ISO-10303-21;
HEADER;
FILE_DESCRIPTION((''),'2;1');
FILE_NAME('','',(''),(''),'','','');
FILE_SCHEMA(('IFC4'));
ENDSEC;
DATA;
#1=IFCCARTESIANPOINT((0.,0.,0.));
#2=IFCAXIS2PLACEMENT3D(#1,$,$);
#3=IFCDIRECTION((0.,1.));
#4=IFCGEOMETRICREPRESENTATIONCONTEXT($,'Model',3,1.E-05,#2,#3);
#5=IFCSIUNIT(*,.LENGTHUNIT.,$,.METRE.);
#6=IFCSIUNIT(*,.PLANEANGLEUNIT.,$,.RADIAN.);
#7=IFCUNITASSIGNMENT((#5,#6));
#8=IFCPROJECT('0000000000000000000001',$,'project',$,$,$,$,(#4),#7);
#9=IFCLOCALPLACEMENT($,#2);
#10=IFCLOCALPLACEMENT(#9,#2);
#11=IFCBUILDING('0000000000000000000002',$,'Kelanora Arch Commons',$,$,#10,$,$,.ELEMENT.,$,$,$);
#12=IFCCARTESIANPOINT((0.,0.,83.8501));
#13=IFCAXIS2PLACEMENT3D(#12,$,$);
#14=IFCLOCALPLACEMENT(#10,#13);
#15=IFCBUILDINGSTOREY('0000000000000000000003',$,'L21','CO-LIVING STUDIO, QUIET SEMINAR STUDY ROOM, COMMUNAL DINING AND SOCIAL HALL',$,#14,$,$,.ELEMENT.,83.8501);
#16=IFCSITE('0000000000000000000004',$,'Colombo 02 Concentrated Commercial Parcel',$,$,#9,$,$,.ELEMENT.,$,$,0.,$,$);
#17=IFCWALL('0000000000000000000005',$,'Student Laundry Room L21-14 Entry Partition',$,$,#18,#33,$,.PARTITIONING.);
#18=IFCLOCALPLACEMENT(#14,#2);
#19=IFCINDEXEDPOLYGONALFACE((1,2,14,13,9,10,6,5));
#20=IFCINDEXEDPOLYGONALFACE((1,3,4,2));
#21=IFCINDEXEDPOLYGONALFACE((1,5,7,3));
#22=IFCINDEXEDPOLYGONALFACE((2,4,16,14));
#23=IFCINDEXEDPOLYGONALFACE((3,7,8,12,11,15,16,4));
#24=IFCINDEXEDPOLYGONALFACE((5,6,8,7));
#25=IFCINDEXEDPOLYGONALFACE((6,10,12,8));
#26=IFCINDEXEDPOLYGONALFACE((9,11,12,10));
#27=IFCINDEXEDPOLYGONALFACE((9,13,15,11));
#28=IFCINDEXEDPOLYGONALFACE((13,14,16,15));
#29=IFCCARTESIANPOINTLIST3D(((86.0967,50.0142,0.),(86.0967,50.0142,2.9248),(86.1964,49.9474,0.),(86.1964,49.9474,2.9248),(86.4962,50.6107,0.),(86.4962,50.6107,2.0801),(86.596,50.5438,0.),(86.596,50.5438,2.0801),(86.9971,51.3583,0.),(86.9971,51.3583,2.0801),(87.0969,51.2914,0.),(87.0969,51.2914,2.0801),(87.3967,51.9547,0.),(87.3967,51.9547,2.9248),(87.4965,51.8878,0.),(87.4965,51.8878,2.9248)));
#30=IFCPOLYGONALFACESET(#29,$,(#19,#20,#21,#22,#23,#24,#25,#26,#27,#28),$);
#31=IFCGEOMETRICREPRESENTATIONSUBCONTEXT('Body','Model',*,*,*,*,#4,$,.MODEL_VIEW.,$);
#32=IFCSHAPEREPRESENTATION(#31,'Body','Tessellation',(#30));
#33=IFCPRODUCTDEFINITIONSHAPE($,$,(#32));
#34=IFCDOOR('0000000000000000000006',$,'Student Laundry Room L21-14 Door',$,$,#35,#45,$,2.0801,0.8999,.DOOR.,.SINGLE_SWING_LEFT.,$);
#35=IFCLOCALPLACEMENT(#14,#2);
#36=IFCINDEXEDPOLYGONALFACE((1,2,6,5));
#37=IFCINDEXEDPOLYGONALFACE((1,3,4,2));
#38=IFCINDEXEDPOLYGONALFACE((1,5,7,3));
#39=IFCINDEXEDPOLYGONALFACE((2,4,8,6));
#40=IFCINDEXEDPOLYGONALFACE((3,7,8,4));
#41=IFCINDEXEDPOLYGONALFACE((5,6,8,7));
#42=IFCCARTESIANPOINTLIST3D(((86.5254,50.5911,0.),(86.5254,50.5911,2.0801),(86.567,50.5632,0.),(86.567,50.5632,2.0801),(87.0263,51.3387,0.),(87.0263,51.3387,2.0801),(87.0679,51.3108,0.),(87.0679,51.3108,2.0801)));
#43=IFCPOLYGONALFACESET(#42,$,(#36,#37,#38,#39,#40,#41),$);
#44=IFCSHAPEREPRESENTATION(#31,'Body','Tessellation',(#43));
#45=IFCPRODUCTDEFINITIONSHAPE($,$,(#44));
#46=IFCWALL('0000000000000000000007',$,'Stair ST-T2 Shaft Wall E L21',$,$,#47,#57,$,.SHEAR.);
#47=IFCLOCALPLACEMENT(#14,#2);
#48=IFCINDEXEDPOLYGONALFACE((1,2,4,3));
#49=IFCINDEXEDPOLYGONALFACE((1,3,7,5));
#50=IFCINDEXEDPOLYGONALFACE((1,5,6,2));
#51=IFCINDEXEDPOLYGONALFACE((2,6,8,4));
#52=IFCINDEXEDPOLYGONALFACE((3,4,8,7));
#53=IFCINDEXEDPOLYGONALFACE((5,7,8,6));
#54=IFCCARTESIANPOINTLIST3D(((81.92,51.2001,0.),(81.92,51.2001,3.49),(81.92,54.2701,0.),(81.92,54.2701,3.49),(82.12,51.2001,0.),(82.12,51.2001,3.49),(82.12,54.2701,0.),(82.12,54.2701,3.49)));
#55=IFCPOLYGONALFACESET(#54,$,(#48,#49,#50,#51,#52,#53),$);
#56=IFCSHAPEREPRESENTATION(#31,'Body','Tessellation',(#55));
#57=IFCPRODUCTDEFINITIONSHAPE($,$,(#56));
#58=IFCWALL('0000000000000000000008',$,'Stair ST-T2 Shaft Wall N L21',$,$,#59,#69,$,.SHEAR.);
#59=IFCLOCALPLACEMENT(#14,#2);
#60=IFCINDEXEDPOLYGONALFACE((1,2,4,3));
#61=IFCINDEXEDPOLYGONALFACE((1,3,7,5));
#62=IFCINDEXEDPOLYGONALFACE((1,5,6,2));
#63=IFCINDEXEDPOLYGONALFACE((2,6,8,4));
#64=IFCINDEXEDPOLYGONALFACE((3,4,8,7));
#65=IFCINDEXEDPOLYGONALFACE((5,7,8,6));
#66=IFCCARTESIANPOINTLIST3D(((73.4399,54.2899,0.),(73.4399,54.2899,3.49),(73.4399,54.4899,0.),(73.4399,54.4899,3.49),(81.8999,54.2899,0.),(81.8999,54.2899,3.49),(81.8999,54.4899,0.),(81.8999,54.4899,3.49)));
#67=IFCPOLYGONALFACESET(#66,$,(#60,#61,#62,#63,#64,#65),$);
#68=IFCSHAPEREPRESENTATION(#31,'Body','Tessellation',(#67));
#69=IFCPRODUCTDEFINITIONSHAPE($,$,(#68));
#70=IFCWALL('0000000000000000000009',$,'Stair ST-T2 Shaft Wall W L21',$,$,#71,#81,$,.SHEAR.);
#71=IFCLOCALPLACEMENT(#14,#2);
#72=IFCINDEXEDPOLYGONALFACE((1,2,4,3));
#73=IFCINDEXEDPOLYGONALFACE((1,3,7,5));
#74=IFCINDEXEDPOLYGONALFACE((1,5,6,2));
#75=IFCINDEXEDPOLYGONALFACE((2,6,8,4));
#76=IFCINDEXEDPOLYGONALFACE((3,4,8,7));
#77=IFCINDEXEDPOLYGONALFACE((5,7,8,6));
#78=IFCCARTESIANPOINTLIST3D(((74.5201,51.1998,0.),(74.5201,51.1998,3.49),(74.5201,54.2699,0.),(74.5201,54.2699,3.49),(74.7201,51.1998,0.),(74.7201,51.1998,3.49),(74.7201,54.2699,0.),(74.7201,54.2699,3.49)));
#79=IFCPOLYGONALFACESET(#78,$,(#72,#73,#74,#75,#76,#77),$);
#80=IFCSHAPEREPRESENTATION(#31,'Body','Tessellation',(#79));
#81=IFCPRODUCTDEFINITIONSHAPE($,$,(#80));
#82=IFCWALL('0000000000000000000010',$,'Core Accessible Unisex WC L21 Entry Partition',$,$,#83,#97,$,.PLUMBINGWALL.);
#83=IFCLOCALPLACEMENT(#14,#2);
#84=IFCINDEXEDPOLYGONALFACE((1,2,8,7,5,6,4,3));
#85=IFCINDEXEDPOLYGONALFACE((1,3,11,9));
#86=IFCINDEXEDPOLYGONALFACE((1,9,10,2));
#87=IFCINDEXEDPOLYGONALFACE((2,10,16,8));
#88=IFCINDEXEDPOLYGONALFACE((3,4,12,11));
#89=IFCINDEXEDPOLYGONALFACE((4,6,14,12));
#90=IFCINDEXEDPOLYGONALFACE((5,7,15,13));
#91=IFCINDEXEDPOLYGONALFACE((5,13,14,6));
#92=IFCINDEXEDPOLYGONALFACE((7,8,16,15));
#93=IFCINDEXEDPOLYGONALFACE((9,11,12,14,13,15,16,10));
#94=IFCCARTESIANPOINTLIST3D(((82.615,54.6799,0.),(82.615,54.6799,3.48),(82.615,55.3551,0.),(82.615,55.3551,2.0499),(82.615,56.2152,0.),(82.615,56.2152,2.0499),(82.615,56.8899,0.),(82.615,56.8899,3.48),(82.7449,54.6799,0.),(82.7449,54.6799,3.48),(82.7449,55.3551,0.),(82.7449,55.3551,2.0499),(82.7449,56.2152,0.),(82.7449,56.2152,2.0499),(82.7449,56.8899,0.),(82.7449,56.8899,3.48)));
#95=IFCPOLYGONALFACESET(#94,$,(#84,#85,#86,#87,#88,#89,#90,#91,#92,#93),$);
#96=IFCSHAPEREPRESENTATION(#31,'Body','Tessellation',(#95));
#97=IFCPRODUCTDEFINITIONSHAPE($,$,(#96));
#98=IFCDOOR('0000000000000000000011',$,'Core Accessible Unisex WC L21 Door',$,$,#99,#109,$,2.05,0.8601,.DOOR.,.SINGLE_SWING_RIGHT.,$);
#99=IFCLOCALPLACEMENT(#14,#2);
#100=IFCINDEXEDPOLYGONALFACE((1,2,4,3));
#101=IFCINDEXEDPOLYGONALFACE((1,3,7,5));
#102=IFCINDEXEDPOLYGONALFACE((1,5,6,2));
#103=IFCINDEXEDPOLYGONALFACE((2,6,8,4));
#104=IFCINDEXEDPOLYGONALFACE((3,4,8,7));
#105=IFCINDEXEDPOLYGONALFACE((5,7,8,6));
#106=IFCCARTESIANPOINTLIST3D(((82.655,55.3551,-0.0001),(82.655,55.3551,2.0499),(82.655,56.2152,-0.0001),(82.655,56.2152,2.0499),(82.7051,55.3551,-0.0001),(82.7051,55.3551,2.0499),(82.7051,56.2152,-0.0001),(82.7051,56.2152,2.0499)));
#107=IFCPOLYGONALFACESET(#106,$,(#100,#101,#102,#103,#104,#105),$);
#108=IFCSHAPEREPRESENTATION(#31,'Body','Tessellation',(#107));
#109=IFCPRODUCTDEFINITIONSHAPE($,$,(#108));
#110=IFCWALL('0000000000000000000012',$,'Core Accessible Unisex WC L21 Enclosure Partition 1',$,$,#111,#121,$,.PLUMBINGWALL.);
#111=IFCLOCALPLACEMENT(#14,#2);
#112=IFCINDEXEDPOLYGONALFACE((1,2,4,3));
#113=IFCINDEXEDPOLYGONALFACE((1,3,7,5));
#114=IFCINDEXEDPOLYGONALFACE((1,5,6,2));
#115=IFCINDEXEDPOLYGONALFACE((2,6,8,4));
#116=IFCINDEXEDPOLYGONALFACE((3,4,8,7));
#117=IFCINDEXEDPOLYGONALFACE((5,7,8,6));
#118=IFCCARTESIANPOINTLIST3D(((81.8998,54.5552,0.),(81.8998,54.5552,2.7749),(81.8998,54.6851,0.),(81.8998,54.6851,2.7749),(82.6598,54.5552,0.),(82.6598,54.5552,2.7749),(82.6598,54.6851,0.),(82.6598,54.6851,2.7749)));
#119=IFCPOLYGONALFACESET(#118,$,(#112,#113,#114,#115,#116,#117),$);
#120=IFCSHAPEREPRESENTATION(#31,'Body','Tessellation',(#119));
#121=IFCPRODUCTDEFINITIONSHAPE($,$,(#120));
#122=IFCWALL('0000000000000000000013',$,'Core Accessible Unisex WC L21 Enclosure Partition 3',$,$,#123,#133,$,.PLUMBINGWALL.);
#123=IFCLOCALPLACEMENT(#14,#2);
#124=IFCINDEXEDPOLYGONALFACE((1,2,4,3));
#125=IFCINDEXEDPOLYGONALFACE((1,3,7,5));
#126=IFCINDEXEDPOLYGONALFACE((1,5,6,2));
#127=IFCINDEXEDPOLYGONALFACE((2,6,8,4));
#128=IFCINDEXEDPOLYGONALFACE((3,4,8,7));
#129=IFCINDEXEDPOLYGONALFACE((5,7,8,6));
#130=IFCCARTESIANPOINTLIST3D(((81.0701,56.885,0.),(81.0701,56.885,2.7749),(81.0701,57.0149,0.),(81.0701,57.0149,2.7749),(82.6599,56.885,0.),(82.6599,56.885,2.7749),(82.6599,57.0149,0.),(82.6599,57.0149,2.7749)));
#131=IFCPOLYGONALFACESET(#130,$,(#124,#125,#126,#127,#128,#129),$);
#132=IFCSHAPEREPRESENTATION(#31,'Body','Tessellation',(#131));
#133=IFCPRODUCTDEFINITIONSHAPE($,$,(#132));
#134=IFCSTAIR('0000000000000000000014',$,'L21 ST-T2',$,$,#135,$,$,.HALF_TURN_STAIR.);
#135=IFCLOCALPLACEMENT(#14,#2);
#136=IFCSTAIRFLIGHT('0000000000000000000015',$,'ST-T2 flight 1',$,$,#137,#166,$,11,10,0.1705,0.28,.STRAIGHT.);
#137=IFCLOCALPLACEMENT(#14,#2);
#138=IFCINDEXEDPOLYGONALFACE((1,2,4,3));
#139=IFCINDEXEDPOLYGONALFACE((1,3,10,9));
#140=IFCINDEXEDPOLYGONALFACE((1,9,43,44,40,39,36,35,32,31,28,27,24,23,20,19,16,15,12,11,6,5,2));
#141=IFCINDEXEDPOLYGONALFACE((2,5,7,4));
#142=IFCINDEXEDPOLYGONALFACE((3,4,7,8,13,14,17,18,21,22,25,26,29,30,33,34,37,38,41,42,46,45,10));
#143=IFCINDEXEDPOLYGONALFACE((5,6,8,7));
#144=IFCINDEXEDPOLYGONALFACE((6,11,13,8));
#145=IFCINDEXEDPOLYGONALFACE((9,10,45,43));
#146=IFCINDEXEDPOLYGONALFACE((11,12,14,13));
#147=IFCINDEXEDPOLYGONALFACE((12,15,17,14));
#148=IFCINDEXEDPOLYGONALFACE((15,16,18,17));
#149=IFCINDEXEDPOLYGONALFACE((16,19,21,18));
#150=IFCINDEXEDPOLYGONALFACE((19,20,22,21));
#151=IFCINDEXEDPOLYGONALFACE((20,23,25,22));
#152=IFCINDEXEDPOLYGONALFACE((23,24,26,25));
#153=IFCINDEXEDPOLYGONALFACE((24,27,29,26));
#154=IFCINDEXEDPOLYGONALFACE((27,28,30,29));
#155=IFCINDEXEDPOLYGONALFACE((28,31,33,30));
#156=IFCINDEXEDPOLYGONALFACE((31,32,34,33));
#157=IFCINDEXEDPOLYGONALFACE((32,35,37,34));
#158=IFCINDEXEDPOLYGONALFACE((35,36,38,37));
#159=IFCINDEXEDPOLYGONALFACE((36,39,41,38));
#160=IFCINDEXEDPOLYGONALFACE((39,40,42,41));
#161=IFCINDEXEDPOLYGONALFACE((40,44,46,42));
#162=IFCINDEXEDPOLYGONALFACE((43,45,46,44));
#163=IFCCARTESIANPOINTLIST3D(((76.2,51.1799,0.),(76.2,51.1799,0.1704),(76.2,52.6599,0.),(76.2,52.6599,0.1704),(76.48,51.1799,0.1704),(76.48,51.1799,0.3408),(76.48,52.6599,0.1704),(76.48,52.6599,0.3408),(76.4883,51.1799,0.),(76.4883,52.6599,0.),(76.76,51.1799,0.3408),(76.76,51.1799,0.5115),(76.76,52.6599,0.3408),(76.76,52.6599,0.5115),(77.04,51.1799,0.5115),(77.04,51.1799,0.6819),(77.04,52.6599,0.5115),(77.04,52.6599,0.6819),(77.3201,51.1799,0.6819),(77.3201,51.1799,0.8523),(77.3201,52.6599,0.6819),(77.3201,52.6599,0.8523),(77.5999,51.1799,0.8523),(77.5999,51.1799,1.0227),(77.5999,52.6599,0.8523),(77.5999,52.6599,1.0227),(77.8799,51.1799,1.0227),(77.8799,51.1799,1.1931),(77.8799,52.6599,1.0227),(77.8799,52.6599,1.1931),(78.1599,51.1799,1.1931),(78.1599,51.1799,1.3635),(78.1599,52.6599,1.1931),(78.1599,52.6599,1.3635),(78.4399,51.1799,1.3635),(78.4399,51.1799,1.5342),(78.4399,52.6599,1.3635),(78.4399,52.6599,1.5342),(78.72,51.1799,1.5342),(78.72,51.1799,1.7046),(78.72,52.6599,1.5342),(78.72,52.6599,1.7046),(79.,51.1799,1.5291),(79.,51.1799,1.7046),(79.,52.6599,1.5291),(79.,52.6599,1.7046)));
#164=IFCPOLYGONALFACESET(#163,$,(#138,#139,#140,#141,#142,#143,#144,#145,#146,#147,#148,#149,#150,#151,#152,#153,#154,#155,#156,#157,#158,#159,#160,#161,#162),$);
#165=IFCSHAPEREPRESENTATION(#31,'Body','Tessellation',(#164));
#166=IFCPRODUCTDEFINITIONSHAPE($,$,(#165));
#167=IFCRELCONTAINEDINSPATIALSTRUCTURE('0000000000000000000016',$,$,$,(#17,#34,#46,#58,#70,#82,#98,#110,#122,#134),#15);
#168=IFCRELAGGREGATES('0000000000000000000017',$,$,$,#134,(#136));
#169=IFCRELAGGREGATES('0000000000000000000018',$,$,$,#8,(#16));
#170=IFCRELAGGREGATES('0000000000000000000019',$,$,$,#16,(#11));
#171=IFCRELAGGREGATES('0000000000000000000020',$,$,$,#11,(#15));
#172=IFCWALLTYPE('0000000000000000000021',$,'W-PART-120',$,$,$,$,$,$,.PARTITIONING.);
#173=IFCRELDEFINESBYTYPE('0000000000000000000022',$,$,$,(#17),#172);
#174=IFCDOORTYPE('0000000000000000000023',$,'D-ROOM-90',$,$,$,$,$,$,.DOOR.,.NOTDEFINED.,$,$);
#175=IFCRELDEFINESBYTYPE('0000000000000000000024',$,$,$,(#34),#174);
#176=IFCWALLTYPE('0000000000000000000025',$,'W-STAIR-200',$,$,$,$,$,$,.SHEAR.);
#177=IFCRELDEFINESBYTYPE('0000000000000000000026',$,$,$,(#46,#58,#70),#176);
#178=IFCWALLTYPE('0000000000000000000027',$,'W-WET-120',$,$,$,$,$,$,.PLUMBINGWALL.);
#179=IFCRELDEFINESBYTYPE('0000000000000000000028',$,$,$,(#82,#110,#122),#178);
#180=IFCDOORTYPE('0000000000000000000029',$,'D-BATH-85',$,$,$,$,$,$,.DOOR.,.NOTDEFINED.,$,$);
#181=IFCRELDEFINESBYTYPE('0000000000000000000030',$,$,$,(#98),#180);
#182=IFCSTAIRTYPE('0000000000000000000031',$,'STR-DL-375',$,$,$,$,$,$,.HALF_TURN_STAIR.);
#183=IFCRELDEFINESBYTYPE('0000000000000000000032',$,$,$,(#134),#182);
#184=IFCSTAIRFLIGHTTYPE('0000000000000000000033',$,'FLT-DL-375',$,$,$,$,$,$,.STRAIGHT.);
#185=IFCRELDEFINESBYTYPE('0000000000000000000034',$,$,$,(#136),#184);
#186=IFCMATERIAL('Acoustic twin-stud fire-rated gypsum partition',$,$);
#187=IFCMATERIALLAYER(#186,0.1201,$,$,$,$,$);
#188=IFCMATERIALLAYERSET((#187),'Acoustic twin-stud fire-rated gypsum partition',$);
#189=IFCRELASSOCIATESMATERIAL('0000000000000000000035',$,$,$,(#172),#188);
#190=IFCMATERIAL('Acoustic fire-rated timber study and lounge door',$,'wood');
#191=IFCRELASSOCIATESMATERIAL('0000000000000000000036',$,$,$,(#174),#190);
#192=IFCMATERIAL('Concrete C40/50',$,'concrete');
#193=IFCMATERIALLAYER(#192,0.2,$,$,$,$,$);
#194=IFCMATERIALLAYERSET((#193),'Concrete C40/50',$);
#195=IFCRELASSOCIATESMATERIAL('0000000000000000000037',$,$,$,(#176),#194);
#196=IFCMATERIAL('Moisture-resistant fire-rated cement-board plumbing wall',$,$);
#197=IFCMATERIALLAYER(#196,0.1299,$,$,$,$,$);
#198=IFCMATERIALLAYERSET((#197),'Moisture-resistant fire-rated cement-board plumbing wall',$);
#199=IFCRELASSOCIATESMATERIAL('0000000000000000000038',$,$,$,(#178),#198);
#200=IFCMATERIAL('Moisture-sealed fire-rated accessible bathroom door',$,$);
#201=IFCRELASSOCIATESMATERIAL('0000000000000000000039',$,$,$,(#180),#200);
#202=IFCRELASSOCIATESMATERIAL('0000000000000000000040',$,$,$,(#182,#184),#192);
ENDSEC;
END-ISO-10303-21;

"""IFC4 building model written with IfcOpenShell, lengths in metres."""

from ifc_helpers import new_model, si_unit, direction, frame, frame_2d, origin, place, context, subcontext, project, spatial, polyline, rectangle, outline, extrude, material, layer, layer_set, type_object, element, fill, aggregate, save


model = new_model("IFC4")

# Units and contexts
model_context = context("Model", 3, precision=1e-05, world=origin(), true_north=direction((0.0, 1.0)))
body_context = subcontext(model_context, "Body", "Model", "MODEL_VIEW")
ifc_project = project(units=[si_unit("LENGTHUNIT", "METRE"), si_unit("PLANEANGLEUNIT", "RADIAN")], contexts=[model_context])

# Site, building, storey
site_placement = place(None, origin())
site = spatial("IfcSite", under=ifc_project, at=site_placement, Name="Colombo 02 Concentrated Commercial Parcel", CompositionType="ELEMENT", RefElevation=0.0)
building_placement = place(site_placement, origin())
building = spatial("IfcBuilding", under=site, at=building_placement, Name="Kelanora Arch Commons", CompositionType="ELEMENT")
storey_placement = place(building_placement, frame((0.0, 0.0, 83.8501)))
storey = spatial("IfcBuildingStorey", under=building, at=storey_placement, Name="L21", Description="CO-LIVING STUDIO, QUIET SEMINAR STUDY ROOM, COMMUNAL DINING AND SOCIAL HALL", CompositionType="ELEMENT", Elevation=83.8501)

# Wall, opening, door
ifc_material_1 = material(Name="Acoustic twin-stud fire-rated gypsum partition")
ifc_layer_1 = layer(ifc_material_1, 0.1201)
ifc_layer_set_1 = layer_set([ifc_layer_1], Name="Acoustic twin-stud fire-rated gypsum partition")
wall_type_1 = type_object("IfcWallType", Name="W-PART-120", PredefinedType="PARTITIONING", material=ifc_layer_set_1)
ifc_material_2 = material(Name="Acoustic fire-rated timber study and lounge door", Category="wood")
door_type_1 = type_object("IfcDoorType", Name="D-ROOM-90", OperationType="NOTDEFINED", PredefinedType="DOOR", material=ifc_material_2)
wall_1_placement = place(storey_placement, frame((86.1465, 49.9807, 0.0), z_axis=(0.0, 0.0, 1.0), x_axis=(0.556604, 0.830778, 0.0)))
wall_1 = element("IfcWall", 1, at=wall_1_placement, inside=storey, type_object=wall_type_1, Name="Student Laundry Room L21-14 Entry Partition", PredefinedType="PARTITIONING", context=body_context, shape_type="SweptSolid", body=[
    extrude(rectangle(XDim=2.3357, YDim=0.1201, at=frame_2d((1.168, 0.0))), origin(), (0.0, 0.0, 1.0), 2.9248),
])
opening_1_placement = place(wall_1_placement, frame((0.718, 0.0, 0.0)))
opening_1 = element("IfcOpeningElement", 2, at=opening_1_placement, cuts=wall_1, PredefinedType="OPENING", context=body_context, shape_type="SweptSolid", body=[
    extrude(rectangle(XDim=0.8999, YDim=2.0801, at=frame_2d((0.45, 1.04))), frame((0.0, 0.0701, 0.0), z_axis=(0.0, -1.0, 0.0), x_axis=(1.0, 0.0, 0.0)), (0.0, 0.0, 1.0), 0.1401),
])
door_1_placement = place(opening_1_placement, origin())
door_1 = element("IfcDoor", 3, at=door_1_placement, inside=storey, type_object=door_type_1, Name="Student Laundry Room L21-14 Door", OperationType="SINGLE_SWING_LEFT", OverallHeight=2.0801, OverallWidth=0.8999, PredefinedType="DOOR", context=body_context, shape_type="SweptSolid", body=[
    extrude(rectangle(XDim=0.8999, YDim=2.0801, at=frame_2d((0.45, 1.04))), frame((0.0, 0.0249, 0.0), z_axis=(0.0, -1.0, 0.0), x_axis=(1.0, 0.0, 0.0)), (0.0, 0.0, 1.0), 0.05),
])
fill(opening_1, door_1)

# Walls
ifc_material_3 = material(Name="Concrete C40/50", Category="concrete")
ifc_layer_2 = layer(ifc_material_3, 0.2)
ifc_layer_set_2 = layer_set([ifc_layer_2], Name="Concrete C40/50")
wall_type_2 = type_object("IfcWallType", Name="W-STAIR-200", PredefinedType="SHEAR", material=ifc_layer_set_2)
wall_2_placement = place(storey_placement, frame((82.02, 51.2, 0.0), z_axis=(0.0, 0.0, 1.0), x_axis=(0.0, 1.0, 0.0)))
element("IfcWall", 4, at=wall_2_placement, inside=storey, type_object=wall_type_2, Name="Stair ST-T2 Shaft Wall E L21", PredefinedType="SHEAR", context=body_context, shape_type="SweptSolid", body=[
    extrude(rectangle(XDim=3.0701, YDim=0.2, at=frame_2d((1.5352, 0.0))), origin(), (0.0, 0.0, 1.0), 3.49),
])
wall_3_placement = place(storey_placement, frame((81.8999, 54.3899, 0.0), z_axis=(0.0, 0.0, 1.0), x_axis=(-1.0, 0.0, 0.0)))
element("IfcWall", 5, at=wall_3_placement, inside=storey, type_object=wall_type_2, Name="Stair ST-T2 Shaft Wall N L21", PredefinedType="SHEAR", context=body_context, shape_type="SweptSolid", body=[
    extrude(rectangle(XDim=8.46, YDim=0.2, at=frame_2d((4.23, 0.0))), origin(), (0.0, 0.0, 1.0), 3.49),
])
wall_4_placement = place(storey_placement, frame((74.6201, 54.27, 0.0), z_axis=(0.0, 0.0, 1.0), x_axis=(0.0, -1.0, 0.0)))
element("IfcWall", 6, at=wall_4_placement, inside=storey, type_object=wall_type_2, Name="Stair ST-T2 Shaft Wall W L21", PredefinedType="SHEAR", context=body_context, shape_type="SweptSolid", body=[
    extrude(rectangle(XDim=3.0701, YDim=0.2, at=frame_2d((1.5352, 0.0))), origin(), (0.0, 0.0, 1.0), 3.49),
])

# Wall, opening, door
ifc_material_4 = material(Name="Moisture-resistant fire-rated cement-board plumbing wall")
ifc_layer_3 = layer(ifc_material_4, 0.1299)
ifc_layer_set_3 = layer_set([ifc_layer_3], Name="Moisture-resistant fire-rated cement-board plumbing wall")
wall_type_3 = type_object("IfcWallType", Name="W-WET-120", PredefinedType="PLUMBINGWALL", material=ifc_layer_set_3)
wall_5_placement = place(storey_placement, frame((82.6799, 54.6799, 0.0), z_axis=(0.0, 0.0, 1.0), x_axis=(0.0, 1.0, 0.0)))
wall_5 = element("IfcWall", 7, at=wall_5_placement, inside=storey, type_object=wall_type_3, Name="Core Accessible Unisex WC L21 Entry Partition", PredefinedType="PLUMBINGWALL", context=body_context, shape_type="SweptSolid", body=[
    extrude(rectangle(XDim=2.21, YDim=0.1299, at=frame_2d((1.105, 0.0))), origin(), (0.0, 0.0, 1.0), 3.48),
])
opening_2_placement = place(wall_5_placement, frame((0.675, 0.0, 0.0)))
opening_2 = element("IfcOpeningElement", 8, at=opening_2_placement, cuts=wall_5, PredefinedType="OPENING", context=body_context, shape_type="SweptSolid", body=[
    extrude(rectangle(XDim=0.8601, YDim=2.05, at=frame_2d((0.4302, 1.0249))), frame((0.0, 0.075, 0.0), z_axis=(0.0, -1.0, 0.0), x_axis=(1.0, 0.0, 0.0)), (0.0, 0.0, 1.0), 0.1499),
])
ifc_material_5 = material(Name="Moisture-sealed fire-rated accessible bathroom door")
door_type_2 = type_object("IfcDoorType", Name="D-BATH-85", OperationType="NOTDEFINED", PredefinedType="DOOR", material=ifc_material_5)
door_2_placement = place(opening_2_placement, origin())
door_2 = element("IfcDoor", 9, at=door_2_placement, inside=storey, type_object=door_type_2, Name="Core Accessible Unisex WC L21 Door", OperationType="SINGLE_SWING_RIGHT", OverallHeight=2.05, OverallWidth=0.8601, PredefinedType="DOOR", context=body_context, shape_type="SweptSolid", body=[
    extrude(rectangle(XDim=0.8601, YDim=2.05, at=frame_2d((0.4302, 1.0249))), frame((0.0, 0.0249, 0.0), z_axis=(0.0, -1.0, 0.0), x_axis=(1.0, 0.0, 0.0)), (0.0, 0.0, 1.0), 0.05),
])
fill(opening_2, door_2)

# Walls
wall_6_placement = place(storey_placement, frame((81.8999, 54.6201, 0.0), z_axis=(0.0, 0.0, 1.0), x_axis=(1.0, 0.0, 0.0)))
element("IfcWall", 10, at=wall_6_placement, inside=storey, type_object=wall_type_3, Name="Core Accessible Unisex WC L21 Enclosure Partition 1", PredefinedType="PLUMBINGWALL", context=body_context, shape_type="SweptSolid", body=[
    extrude(rectangle(XDim=0.76, YDim=0.1299, at=frame_2d((0.3799, 0.0))), origin(), (0.0, 0.0, 1.0), 2.7749),
])
wall_7_placement = place(storey_placement, frame((82.6599, 56.95, 0.0), z_axis=(0.0, 0.0, 1.0), x_axis=(-1.0, 0.0, 0.0)))
element("IfcWall", 11, at=wall_7_placement, inside=storey, type_object=wall_type_3, Name="Core Accessible Unisex WC L21 Enclosure Partition 3", PredefinedType="PLUMBINGWALL", context=body_context, shape_type="SweptSolid", body=[
    extrude(rectangle(XDim=1.5898, YDim=0.1299, at=frame_2d((0.7949, 0.0))), origin(), (0.0, 0.0, 1.0), 2.7749),
])

# Stair, stair flight
stair_type = type_object("IfcStairType", Name="STR-DL-375", PredefinedType="HALF_TURN_STAIR", material=ifc_material_3)
stair_placement = place(storey_placement, origin())
stair = element("IfcStair", 12, at=stair_placement, inside=storey, type_object=stair_type, Name="L21 ST-T2", PredefinedType="HALF_TURN_STAIR")
stair_flight_type = type_object("IfcStairFlightType", Name="FLT-DL-375", PredefinedType="STRAIGHT", material=ifc_material_3)
stair_flight_1_placement = place(storey_placement, frame((76.2, 51.9199, 0.0), z_axis=(0.0, 0.0, 1.0), x_axis=(1.0, 0.0, 0.0)))
stair_flight_1 = element("IfcStairFlight", 13, at=stair_flight_1_placement, type_object=stair_flight_type, Name="ST-T2 flight 1", NumberOfRisers=11, NumberOfTreads=10, PredefinedType="STRAIGHT", RiserHeight=0.1705, TreadLength=0.28, context=body_context, shape_type="SweptSolid", body=[
    extrude(outline(polyline([(0.0, 0.0), (0.0, 0.1704), (0.28, 0.1704), (0.28, 0.3408), (0.5601, 0.3408), (0.5601, 0.5115), (0.8401, 0.5115), (0.8401, 0.6819), (1.1201, 0.6819), (1.1201, 0.8523), (1.3999, 0.8523), (1.3999, 1.0227), (1.6799, 1.0227), (1.6799, 1.1931), (1.96, 1.1931), (1.96, 1.3635), (2.24, 1.3635), (2.24, 1.5342), (2.52, 1.5342), (2.52, 1.7046), (2.8, 1.7046), (2.8, 1.875), (2.8, 1.5291), (0.2883, 0.0), (0.0, 0.0)])), frame((0.0, 0.74, 0.0), z_axis=(0.0, -1.0, 0.0), x_axis=(1.0, 0.0, 0.0)), (0.0, 0.0, 1.0), 1.48),
])
aggregate(stair, [stair_flight_1])

save(model, "model.ifc")
